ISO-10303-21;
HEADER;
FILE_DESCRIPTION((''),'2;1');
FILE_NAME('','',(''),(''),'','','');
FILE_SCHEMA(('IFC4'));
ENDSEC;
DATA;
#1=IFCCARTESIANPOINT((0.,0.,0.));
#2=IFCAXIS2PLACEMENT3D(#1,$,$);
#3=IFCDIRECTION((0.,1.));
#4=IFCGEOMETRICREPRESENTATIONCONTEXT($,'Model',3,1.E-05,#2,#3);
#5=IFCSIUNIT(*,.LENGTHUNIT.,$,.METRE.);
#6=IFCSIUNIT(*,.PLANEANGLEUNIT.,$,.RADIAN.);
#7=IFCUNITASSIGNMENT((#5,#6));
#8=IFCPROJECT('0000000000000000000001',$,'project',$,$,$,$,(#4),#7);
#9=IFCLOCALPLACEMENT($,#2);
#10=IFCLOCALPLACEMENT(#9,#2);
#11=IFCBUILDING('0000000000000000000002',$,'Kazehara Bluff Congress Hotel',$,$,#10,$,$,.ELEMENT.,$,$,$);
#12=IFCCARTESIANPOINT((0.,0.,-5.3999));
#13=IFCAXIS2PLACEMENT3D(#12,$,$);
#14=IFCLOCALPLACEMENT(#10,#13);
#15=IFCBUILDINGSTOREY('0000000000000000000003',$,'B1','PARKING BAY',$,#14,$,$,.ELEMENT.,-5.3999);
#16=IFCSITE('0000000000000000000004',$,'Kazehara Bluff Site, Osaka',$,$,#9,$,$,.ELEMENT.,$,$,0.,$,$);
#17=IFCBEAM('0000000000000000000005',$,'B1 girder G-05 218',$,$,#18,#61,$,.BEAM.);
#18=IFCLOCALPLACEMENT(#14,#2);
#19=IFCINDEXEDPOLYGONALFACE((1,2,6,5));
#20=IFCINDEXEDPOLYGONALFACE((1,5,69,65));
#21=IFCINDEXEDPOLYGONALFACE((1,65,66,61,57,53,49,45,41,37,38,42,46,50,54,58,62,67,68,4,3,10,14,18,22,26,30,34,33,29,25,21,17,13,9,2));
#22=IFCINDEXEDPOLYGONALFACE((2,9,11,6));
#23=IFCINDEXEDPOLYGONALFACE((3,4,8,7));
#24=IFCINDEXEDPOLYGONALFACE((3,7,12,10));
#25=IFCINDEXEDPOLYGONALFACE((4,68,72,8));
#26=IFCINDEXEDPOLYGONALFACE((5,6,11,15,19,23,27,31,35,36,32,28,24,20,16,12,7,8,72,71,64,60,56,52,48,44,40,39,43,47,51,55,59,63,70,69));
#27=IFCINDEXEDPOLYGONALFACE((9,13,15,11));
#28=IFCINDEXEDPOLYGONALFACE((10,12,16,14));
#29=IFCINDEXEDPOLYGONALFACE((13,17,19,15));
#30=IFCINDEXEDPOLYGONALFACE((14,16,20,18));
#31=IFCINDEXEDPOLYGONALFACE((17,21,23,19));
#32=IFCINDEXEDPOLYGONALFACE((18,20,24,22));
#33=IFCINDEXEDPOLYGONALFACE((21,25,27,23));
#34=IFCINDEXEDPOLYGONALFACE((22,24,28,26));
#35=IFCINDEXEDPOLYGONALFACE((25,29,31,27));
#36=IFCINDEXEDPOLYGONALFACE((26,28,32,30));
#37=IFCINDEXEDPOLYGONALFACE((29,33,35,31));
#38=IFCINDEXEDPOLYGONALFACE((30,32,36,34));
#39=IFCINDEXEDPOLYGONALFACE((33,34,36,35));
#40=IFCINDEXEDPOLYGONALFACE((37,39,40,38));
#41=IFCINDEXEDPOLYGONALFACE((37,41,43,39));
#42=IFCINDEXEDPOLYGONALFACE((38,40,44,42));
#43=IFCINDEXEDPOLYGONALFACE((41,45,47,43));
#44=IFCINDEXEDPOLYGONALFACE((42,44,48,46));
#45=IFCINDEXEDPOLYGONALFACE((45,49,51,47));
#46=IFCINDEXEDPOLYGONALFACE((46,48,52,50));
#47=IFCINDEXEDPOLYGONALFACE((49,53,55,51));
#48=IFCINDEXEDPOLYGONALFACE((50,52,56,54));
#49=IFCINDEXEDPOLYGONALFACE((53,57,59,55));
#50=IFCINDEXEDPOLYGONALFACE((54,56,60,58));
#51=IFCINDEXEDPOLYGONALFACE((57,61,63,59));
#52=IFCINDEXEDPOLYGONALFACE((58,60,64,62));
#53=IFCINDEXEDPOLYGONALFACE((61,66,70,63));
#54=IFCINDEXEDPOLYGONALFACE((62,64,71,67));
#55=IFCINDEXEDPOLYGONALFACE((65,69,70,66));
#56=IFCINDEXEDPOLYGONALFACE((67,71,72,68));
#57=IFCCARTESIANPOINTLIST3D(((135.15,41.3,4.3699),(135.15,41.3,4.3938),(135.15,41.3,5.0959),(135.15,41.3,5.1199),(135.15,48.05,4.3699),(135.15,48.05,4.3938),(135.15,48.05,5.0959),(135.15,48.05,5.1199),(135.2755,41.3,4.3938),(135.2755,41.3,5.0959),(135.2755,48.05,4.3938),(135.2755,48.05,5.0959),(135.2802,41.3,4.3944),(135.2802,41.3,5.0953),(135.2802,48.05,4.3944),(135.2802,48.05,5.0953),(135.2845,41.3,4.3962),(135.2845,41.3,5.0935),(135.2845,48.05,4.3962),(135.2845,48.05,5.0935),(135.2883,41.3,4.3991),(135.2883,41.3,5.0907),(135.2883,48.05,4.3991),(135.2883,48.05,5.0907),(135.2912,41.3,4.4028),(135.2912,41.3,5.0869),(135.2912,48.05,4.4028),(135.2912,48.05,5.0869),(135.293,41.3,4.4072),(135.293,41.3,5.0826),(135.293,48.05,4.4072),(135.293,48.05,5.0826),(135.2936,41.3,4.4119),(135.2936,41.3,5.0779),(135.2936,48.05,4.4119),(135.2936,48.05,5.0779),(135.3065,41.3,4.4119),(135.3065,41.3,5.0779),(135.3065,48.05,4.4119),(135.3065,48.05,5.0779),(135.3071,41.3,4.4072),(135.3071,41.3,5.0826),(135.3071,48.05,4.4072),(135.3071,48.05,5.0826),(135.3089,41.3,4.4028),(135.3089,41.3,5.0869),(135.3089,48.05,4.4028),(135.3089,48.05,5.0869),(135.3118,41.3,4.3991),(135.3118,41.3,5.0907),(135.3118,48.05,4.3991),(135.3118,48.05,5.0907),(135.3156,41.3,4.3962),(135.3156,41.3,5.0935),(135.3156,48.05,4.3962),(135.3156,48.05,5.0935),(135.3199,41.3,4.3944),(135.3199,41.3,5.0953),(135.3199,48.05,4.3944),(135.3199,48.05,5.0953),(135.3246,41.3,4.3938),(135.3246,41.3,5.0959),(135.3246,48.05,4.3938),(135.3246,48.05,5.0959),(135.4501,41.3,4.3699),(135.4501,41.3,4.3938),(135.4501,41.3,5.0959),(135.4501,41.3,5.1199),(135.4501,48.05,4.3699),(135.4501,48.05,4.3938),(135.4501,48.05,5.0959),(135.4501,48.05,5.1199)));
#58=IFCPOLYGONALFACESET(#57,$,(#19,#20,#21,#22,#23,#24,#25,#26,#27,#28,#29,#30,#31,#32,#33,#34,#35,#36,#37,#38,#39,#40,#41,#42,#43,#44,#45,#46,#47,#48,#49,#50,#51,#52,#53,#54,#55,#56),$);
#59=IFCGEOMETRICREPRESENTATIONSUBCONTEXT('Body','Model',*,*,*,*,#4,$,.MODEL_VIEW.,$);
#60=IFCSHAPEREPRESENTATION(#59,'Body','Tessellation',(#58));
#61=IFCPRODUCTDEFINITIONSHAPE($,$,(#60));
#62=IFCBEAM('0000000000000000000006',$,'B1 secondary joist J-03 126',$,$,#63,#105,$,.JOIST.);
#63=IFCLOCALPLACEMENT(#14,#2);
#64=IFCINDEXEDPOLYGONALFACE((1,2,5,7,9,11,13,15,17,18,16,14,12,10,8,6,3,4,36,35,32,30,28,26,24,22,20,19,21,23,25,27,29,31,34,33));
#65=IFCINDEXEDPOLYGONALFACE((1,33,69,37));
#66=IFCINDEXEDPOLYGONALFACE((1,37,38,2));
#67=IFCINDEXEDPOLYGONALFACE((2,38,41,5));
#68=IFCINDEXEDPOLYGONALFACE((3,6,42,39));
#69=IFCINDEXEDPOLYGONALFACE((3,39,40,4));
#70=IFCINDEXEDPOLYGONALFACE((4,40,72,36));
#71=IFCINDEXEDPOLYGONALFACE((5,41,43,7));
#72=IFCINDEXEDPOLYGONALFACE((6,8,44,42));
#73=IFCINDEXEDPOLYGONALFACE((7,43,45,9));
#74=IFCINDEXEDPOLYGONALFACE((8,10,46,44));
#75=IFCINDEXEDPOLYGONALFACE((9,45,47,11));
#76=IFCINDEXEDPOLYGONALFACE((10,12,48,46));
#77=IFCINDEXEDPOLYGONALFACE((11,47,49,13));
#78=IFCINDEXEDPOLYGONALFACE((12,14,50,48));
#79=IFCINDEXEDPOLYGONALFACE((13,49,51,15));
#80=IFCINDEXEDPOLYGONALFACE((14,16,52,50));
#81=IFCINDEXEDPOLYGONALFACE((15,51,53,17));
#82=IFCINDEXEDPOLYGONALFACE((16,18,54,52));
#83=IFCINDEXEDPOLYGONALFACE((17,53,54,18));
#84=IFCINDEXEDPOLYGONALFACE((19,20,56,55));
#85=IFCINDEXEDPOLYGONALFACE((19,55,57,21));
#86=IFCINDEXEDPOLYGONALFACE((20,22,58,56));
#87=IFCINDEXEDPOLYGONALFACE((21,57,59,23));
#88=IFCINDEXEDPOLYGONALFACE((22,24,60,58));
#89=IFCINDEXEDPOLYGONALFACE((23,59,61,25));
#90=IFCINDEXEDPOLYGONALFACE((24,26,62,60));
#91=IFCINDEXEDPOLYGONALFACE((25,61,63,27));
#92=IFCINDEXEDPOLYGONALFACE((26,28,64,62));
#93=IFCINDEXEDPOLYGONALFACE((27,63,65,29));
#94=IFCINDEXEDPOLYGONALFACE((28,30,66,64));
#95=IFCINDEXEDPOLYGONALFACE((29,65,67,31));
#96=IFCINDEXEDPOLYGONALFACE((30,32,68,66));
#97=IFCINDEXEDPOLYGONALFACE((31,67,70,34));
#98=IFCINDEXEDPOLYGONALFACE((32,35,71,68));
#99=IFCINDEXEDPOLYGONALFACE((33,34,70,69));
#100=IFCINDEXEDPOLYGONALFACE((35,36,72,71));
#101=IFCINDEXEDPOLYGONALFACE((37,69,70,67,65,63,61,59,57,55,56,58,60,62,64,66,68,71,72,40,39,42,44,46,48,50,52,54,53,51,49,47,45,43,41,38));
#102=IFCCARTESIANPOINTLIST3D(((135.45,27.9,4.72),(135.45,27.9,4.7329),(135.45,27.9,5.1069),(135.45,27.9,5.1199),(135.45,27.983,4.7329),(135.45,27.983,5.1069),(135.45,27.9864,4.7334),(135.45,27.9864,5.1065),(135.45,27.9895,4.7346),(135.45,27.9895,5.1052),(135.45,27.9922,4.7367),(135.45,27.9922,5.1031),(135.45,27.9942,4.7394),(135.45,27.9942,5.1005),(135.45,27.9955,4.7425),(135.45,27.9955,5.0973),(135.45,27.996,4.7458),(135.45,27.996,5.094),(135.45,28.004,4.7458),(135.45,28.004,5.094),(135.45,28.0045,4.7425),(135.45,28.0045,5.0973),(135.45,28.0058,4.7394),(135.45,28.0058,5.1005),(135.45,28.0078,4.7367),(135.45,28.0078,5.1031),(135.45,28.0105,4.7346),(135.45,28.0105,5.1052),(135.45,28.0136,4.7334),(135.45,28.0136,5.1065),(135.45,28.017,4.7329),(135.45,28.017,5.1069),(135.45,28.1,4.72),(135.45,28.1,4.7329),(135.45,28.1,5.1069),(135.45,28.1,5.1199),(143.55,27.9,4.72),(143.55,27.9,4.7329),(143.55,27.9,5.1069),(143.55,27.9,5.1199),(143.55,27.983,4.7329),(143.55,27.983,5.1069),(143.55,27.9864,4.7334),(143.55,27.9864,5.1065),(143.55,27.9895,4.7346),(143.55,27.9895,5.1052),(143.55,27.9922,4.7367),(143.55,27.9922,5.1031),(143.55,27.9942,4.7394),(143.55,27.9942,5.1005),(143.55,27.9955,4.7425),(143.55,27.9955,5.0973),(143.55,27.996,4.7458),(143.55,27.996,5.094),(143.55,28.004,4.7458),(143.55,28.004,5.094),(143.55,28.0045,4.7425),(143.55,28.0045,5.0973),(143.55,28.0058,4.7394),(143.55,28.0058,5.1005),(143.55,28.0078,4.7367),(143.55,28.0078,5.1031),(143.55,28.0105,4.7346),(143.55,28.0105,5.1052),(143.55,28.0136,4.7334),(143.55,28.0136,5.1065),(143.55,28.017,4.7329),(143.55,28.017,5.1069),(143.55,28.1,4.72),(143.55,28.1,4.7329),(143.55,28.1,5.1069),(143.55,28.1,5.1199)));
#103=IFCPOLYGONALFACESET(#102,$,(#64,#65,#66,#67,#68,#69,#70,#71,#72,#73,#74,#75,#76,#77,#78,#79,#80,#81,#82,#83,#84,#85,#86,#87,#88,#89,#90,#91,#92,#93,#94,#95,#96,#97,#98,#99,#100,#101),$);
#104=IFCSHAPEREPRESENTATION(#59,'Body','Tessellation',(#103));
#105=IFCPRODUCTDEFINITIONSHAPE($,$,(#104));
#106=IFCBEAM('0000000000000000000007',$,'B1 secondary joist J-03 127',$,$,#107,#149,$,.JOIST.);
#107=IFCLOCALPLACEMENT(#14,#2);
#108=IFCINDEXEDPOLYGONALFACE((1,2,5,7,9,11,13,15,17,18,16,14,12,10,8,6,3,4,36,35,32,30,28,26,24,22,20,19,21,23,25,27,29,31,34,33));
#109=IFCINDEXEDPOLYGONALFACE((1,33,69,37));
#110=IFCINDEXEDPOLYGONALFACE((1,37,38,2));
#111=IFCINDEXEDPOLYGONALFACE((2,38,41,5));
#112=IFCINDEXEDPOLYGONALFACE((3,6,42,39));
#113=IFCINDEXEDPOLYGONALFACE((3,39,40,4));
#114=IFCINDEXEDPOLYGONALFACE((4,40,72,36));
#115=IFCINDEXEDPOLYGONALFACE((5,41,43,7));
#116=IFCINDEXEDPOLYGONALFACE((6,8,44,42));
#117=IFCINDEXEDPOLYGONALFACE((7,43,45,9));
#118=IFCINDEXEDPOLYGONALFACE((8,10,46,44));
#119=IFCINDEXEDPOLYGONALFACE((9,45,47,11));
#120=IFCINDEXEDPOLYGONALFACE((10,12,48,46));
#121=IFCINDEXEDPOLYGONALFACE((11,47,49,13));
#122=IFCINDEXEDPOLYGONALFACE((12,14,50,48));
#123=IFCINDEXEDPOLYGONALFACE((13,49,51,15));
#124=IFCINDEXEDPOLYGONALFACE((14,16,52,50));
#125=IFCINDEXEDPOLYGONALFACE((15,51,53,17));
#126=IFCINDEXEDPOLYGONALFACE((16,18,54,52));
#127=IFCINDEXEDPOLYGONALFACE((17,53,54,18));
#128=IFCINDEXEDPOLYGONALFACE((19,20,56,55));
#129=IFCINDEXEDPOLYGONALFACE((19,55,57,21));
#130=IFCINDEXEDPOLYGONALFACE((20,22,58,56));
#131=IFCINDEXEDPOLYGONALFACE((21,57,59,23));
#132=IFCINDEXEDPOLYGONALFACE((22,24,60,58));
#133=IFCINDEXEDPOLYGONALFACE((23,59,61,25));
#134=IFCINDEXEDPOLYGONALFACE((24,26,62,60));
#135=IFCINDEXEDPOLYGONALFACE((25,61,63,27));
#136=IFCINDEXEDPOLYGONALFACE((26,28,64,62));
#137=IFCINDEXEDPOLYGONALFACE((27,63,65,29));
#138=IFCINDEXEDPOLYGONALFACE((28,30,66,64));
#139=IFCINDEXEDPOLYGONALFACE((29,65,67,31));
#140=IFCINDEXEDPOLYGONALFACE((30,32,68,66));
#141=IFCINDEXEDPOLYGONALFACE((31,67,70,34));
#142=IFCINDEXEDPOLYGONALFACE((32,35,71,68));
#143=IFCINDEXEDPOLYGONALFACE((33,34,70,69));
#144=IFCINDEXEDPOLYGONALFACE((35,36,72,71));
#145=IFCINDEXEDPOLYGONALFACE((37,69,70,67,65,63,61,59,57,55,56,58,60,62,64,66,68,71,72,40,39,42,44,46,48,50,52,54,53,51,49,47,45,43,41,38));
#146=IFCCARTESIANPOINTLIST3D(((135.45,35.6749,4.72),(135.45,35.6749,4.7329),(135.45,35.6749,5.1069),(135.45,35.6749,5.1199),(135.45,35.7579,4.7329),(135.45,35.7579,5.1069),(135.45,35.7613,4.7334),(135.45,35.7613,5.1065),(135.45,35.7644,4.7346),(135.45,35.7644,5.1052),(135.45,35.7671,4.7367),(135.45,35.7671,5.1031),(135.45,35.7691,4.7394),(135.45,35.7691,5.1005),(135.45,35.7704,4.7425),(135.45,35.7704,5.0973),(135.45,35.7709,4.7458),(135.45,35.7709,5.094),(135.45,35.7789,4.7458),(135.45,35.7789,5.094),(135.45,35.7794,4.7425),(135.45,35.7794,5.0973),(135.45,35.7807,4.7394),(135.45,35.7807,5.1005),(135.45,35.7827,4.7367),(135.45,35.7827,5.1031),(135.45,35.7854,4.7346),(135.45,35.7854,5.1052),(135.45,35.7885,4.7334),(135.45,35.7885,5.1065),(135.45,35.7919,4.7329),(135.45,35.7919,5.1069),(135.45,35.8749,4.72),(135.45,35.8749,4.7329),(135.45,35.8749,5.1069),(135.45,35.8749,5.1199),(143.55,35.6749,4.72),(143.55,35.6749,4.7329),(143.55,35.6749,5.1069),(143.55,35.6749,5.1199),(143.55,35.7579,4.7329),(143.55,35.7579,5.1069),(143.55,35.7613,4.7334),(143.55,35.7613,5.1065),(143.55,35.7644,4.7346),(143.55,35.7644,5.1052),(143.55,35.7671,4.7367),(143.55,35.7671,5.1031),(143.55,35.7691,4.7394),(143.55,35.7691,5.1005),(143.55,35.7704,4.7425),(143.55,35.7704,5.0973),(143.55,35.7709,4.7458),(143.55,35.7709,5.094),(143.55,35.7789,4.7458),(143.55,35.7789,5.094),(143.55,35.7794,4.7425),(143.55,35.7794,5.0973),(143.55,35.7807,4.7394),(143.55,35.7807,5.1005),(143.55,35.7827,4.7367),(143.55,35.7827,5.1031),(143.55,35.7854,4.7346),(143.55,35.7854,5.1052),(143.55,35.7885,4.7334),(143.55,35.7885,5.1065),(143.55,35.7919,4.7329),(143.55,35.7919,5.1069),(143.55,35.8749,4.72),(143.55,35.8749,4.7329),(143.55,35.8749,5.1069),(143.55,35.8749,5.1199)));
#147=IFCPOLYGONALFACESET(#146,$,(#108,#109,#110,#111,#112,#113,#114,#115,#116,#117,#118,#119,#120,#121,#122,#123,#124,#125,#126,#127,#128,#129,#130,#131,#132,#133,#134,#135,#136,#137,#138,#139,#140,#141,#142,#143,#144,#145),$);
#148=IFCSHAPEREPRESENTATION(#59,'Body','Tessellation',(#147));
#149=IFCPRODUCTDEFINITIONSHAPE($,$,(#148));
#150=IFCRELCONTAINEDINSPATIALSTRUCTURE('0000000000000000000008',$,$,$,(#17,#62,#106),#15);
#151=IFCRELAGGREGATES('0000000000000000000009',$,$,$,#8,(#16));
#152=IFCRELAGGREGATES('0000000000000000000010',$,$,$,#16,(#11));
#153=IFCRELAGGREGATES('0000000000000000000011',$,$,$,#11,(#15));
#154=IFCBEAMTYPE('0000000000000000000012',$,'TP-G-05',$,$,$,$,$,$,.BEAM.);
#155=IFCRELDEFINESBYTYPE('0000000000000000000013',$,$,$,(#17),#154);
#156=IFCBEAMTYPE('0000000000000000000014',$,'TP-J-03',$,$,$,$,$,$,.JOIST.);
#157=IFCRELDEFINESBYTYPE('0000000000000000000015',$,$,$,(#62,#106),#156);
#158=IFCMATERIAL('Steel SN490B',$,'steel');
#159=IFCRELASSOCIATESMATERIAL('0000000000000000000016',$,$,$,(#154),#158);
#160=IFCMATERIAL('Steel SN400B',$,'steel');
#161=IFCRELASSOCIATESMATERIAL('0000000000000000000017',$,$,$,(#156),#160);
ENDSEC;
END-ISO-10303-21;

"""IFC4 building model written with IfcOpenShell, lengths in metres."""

from ifc_helpers import new_model, si_unit, direction, frame, origin, origin_2d, place, context, subcontext, project, spatial, i_section, extrude, material, material_profile, profile_set, type_object, element, save


model = new_model("IFC4")

# Units and contexts
model_context = context("Model", 3, precision=1e-05, world=origin(), true_north=direction((0.0, 1.0)))
body_context = subcontext(model_context, "Body", "Model", "MODEL_VIEW")
ifc_project = project(units=[si_unit("LENGTHUNIT", "METRE"), si_unit("PLANEANGLEUNIT", "RADIAN")], contexts=[model_context])

# Site, building, storey
site_placement = place(None, origin())
site = spatial("IfcSite", under=ifc_project, at=site_placement, Name="Kazehara Bluff Site, Osaka", CompositionType="ELEMENT", RefElevation=0.0)
building_placement = place(site_placement, origin())
building = spatial("IfcBuilding", under=site, at=building_placement, Name="Kazehara Bluff Congress Hotel", CompositionType="ELEMENT")
storey_placement = place(building_placement, frame((0.0, 0.0, -5.3999)))
storey = spatial("IfcBuildingStorey", under=building, at=storey_placement, Name="B1", Description="PARKING BAY", CompositionType="ELEMENT", Elevation=-5.3999)

# Beams
ifc_material_1 = material(Name="Steel SN490B", Category="steel")
ifc_material_profile_1 = material_profile(ifc_material_1, i_section(OverallWidth=0.3, OverallDepth=0.75, WebThickness=0.0129, FlangeThickness=0.0239, FilletRadius=0.0181, at=origin_2d()))
ifc_profile_set_1 = profile_set([ifc_material_profile_1], Name="Steel SN490B")
beam_type_1 = type_object("IfcBeamType", Name="TP-G-05", PredefinedType="BEAM", material=ifc_profile_set_1)
beam_1_placement = place(storey_placement, frame((135.3, 41.3, 4.7449), z_axis=(0.0, 1.0, 0.0), x_axis=(-1.0, 0.0, 0.0)))
element("IfcBeam", 1, at=beam_1_placement, inside=storey, type_object=beam_type_1, Name="B1 girder G-05 218", PredefinedType="BEAM", context=body_context, shape_type="SweptSolid", body=[
    extrude(i_section(OverallWidth=0.3, OverallDepth=0.75, WebThickness=0.0129, FlangeThickness=0.0239, FilletRadius=0.0181, at=origin_2d()), origin(), (0.0, 0.0, 1.0), 6.75),
])
ifc_material_2 = material(Name="Steel SN400B", Category="steel")
ifc_material_profile_2 = material_profile(ifc_material_2, i_section(OverallWidth=0.2, OverallDepth=0.3999, WebThickness=0.0081, FlangeThickness=0.0129, FilletRadius=0.0129, at=origin_2d()))
ifc_profile_set_2 = profile_set([ifc_material_profile_2], Name="Steel SN400B")
beam_type_2 = type_object("IfcBeamType", Name="TP-J-03", PredefinedType="JOIST", material=ifc_profile_set_2)
for number, where, z_axis, x_axis, name in (
    (2, (135.45, 28.0, 4.9199), (1.0, 0.0, 0.0), (0.0, 1.0, 0.0), "B1 secondary joist J-03 126"),
    (3, (135.45, 35.7749, 4.9199), (1.0, 0.0, 0.0), (0.0, 1.0, 0.0), "B1 secondary joist J-03 127"),
):
    element("IfcBeam", number, at=place(storey_placement, frame(where, z_axis=z_axis, x_axis=x_axis)), inside=storey, type_object=beam_type_2, Name=name, PredefinedType="JOIST", context=body_context, shape_type="SweptSolid", body=[
        extrude(i_section(OverallWidth=0.2, OverallDepth=0.3999, WebThickness=0.0081, FlangeThickness=0.0129, FilletRadius=0.0129, at=origin_2d()), origin(), (0.0, 0.0, 1.0), 8.1001),
    ])

save(model, "model.ifc")
